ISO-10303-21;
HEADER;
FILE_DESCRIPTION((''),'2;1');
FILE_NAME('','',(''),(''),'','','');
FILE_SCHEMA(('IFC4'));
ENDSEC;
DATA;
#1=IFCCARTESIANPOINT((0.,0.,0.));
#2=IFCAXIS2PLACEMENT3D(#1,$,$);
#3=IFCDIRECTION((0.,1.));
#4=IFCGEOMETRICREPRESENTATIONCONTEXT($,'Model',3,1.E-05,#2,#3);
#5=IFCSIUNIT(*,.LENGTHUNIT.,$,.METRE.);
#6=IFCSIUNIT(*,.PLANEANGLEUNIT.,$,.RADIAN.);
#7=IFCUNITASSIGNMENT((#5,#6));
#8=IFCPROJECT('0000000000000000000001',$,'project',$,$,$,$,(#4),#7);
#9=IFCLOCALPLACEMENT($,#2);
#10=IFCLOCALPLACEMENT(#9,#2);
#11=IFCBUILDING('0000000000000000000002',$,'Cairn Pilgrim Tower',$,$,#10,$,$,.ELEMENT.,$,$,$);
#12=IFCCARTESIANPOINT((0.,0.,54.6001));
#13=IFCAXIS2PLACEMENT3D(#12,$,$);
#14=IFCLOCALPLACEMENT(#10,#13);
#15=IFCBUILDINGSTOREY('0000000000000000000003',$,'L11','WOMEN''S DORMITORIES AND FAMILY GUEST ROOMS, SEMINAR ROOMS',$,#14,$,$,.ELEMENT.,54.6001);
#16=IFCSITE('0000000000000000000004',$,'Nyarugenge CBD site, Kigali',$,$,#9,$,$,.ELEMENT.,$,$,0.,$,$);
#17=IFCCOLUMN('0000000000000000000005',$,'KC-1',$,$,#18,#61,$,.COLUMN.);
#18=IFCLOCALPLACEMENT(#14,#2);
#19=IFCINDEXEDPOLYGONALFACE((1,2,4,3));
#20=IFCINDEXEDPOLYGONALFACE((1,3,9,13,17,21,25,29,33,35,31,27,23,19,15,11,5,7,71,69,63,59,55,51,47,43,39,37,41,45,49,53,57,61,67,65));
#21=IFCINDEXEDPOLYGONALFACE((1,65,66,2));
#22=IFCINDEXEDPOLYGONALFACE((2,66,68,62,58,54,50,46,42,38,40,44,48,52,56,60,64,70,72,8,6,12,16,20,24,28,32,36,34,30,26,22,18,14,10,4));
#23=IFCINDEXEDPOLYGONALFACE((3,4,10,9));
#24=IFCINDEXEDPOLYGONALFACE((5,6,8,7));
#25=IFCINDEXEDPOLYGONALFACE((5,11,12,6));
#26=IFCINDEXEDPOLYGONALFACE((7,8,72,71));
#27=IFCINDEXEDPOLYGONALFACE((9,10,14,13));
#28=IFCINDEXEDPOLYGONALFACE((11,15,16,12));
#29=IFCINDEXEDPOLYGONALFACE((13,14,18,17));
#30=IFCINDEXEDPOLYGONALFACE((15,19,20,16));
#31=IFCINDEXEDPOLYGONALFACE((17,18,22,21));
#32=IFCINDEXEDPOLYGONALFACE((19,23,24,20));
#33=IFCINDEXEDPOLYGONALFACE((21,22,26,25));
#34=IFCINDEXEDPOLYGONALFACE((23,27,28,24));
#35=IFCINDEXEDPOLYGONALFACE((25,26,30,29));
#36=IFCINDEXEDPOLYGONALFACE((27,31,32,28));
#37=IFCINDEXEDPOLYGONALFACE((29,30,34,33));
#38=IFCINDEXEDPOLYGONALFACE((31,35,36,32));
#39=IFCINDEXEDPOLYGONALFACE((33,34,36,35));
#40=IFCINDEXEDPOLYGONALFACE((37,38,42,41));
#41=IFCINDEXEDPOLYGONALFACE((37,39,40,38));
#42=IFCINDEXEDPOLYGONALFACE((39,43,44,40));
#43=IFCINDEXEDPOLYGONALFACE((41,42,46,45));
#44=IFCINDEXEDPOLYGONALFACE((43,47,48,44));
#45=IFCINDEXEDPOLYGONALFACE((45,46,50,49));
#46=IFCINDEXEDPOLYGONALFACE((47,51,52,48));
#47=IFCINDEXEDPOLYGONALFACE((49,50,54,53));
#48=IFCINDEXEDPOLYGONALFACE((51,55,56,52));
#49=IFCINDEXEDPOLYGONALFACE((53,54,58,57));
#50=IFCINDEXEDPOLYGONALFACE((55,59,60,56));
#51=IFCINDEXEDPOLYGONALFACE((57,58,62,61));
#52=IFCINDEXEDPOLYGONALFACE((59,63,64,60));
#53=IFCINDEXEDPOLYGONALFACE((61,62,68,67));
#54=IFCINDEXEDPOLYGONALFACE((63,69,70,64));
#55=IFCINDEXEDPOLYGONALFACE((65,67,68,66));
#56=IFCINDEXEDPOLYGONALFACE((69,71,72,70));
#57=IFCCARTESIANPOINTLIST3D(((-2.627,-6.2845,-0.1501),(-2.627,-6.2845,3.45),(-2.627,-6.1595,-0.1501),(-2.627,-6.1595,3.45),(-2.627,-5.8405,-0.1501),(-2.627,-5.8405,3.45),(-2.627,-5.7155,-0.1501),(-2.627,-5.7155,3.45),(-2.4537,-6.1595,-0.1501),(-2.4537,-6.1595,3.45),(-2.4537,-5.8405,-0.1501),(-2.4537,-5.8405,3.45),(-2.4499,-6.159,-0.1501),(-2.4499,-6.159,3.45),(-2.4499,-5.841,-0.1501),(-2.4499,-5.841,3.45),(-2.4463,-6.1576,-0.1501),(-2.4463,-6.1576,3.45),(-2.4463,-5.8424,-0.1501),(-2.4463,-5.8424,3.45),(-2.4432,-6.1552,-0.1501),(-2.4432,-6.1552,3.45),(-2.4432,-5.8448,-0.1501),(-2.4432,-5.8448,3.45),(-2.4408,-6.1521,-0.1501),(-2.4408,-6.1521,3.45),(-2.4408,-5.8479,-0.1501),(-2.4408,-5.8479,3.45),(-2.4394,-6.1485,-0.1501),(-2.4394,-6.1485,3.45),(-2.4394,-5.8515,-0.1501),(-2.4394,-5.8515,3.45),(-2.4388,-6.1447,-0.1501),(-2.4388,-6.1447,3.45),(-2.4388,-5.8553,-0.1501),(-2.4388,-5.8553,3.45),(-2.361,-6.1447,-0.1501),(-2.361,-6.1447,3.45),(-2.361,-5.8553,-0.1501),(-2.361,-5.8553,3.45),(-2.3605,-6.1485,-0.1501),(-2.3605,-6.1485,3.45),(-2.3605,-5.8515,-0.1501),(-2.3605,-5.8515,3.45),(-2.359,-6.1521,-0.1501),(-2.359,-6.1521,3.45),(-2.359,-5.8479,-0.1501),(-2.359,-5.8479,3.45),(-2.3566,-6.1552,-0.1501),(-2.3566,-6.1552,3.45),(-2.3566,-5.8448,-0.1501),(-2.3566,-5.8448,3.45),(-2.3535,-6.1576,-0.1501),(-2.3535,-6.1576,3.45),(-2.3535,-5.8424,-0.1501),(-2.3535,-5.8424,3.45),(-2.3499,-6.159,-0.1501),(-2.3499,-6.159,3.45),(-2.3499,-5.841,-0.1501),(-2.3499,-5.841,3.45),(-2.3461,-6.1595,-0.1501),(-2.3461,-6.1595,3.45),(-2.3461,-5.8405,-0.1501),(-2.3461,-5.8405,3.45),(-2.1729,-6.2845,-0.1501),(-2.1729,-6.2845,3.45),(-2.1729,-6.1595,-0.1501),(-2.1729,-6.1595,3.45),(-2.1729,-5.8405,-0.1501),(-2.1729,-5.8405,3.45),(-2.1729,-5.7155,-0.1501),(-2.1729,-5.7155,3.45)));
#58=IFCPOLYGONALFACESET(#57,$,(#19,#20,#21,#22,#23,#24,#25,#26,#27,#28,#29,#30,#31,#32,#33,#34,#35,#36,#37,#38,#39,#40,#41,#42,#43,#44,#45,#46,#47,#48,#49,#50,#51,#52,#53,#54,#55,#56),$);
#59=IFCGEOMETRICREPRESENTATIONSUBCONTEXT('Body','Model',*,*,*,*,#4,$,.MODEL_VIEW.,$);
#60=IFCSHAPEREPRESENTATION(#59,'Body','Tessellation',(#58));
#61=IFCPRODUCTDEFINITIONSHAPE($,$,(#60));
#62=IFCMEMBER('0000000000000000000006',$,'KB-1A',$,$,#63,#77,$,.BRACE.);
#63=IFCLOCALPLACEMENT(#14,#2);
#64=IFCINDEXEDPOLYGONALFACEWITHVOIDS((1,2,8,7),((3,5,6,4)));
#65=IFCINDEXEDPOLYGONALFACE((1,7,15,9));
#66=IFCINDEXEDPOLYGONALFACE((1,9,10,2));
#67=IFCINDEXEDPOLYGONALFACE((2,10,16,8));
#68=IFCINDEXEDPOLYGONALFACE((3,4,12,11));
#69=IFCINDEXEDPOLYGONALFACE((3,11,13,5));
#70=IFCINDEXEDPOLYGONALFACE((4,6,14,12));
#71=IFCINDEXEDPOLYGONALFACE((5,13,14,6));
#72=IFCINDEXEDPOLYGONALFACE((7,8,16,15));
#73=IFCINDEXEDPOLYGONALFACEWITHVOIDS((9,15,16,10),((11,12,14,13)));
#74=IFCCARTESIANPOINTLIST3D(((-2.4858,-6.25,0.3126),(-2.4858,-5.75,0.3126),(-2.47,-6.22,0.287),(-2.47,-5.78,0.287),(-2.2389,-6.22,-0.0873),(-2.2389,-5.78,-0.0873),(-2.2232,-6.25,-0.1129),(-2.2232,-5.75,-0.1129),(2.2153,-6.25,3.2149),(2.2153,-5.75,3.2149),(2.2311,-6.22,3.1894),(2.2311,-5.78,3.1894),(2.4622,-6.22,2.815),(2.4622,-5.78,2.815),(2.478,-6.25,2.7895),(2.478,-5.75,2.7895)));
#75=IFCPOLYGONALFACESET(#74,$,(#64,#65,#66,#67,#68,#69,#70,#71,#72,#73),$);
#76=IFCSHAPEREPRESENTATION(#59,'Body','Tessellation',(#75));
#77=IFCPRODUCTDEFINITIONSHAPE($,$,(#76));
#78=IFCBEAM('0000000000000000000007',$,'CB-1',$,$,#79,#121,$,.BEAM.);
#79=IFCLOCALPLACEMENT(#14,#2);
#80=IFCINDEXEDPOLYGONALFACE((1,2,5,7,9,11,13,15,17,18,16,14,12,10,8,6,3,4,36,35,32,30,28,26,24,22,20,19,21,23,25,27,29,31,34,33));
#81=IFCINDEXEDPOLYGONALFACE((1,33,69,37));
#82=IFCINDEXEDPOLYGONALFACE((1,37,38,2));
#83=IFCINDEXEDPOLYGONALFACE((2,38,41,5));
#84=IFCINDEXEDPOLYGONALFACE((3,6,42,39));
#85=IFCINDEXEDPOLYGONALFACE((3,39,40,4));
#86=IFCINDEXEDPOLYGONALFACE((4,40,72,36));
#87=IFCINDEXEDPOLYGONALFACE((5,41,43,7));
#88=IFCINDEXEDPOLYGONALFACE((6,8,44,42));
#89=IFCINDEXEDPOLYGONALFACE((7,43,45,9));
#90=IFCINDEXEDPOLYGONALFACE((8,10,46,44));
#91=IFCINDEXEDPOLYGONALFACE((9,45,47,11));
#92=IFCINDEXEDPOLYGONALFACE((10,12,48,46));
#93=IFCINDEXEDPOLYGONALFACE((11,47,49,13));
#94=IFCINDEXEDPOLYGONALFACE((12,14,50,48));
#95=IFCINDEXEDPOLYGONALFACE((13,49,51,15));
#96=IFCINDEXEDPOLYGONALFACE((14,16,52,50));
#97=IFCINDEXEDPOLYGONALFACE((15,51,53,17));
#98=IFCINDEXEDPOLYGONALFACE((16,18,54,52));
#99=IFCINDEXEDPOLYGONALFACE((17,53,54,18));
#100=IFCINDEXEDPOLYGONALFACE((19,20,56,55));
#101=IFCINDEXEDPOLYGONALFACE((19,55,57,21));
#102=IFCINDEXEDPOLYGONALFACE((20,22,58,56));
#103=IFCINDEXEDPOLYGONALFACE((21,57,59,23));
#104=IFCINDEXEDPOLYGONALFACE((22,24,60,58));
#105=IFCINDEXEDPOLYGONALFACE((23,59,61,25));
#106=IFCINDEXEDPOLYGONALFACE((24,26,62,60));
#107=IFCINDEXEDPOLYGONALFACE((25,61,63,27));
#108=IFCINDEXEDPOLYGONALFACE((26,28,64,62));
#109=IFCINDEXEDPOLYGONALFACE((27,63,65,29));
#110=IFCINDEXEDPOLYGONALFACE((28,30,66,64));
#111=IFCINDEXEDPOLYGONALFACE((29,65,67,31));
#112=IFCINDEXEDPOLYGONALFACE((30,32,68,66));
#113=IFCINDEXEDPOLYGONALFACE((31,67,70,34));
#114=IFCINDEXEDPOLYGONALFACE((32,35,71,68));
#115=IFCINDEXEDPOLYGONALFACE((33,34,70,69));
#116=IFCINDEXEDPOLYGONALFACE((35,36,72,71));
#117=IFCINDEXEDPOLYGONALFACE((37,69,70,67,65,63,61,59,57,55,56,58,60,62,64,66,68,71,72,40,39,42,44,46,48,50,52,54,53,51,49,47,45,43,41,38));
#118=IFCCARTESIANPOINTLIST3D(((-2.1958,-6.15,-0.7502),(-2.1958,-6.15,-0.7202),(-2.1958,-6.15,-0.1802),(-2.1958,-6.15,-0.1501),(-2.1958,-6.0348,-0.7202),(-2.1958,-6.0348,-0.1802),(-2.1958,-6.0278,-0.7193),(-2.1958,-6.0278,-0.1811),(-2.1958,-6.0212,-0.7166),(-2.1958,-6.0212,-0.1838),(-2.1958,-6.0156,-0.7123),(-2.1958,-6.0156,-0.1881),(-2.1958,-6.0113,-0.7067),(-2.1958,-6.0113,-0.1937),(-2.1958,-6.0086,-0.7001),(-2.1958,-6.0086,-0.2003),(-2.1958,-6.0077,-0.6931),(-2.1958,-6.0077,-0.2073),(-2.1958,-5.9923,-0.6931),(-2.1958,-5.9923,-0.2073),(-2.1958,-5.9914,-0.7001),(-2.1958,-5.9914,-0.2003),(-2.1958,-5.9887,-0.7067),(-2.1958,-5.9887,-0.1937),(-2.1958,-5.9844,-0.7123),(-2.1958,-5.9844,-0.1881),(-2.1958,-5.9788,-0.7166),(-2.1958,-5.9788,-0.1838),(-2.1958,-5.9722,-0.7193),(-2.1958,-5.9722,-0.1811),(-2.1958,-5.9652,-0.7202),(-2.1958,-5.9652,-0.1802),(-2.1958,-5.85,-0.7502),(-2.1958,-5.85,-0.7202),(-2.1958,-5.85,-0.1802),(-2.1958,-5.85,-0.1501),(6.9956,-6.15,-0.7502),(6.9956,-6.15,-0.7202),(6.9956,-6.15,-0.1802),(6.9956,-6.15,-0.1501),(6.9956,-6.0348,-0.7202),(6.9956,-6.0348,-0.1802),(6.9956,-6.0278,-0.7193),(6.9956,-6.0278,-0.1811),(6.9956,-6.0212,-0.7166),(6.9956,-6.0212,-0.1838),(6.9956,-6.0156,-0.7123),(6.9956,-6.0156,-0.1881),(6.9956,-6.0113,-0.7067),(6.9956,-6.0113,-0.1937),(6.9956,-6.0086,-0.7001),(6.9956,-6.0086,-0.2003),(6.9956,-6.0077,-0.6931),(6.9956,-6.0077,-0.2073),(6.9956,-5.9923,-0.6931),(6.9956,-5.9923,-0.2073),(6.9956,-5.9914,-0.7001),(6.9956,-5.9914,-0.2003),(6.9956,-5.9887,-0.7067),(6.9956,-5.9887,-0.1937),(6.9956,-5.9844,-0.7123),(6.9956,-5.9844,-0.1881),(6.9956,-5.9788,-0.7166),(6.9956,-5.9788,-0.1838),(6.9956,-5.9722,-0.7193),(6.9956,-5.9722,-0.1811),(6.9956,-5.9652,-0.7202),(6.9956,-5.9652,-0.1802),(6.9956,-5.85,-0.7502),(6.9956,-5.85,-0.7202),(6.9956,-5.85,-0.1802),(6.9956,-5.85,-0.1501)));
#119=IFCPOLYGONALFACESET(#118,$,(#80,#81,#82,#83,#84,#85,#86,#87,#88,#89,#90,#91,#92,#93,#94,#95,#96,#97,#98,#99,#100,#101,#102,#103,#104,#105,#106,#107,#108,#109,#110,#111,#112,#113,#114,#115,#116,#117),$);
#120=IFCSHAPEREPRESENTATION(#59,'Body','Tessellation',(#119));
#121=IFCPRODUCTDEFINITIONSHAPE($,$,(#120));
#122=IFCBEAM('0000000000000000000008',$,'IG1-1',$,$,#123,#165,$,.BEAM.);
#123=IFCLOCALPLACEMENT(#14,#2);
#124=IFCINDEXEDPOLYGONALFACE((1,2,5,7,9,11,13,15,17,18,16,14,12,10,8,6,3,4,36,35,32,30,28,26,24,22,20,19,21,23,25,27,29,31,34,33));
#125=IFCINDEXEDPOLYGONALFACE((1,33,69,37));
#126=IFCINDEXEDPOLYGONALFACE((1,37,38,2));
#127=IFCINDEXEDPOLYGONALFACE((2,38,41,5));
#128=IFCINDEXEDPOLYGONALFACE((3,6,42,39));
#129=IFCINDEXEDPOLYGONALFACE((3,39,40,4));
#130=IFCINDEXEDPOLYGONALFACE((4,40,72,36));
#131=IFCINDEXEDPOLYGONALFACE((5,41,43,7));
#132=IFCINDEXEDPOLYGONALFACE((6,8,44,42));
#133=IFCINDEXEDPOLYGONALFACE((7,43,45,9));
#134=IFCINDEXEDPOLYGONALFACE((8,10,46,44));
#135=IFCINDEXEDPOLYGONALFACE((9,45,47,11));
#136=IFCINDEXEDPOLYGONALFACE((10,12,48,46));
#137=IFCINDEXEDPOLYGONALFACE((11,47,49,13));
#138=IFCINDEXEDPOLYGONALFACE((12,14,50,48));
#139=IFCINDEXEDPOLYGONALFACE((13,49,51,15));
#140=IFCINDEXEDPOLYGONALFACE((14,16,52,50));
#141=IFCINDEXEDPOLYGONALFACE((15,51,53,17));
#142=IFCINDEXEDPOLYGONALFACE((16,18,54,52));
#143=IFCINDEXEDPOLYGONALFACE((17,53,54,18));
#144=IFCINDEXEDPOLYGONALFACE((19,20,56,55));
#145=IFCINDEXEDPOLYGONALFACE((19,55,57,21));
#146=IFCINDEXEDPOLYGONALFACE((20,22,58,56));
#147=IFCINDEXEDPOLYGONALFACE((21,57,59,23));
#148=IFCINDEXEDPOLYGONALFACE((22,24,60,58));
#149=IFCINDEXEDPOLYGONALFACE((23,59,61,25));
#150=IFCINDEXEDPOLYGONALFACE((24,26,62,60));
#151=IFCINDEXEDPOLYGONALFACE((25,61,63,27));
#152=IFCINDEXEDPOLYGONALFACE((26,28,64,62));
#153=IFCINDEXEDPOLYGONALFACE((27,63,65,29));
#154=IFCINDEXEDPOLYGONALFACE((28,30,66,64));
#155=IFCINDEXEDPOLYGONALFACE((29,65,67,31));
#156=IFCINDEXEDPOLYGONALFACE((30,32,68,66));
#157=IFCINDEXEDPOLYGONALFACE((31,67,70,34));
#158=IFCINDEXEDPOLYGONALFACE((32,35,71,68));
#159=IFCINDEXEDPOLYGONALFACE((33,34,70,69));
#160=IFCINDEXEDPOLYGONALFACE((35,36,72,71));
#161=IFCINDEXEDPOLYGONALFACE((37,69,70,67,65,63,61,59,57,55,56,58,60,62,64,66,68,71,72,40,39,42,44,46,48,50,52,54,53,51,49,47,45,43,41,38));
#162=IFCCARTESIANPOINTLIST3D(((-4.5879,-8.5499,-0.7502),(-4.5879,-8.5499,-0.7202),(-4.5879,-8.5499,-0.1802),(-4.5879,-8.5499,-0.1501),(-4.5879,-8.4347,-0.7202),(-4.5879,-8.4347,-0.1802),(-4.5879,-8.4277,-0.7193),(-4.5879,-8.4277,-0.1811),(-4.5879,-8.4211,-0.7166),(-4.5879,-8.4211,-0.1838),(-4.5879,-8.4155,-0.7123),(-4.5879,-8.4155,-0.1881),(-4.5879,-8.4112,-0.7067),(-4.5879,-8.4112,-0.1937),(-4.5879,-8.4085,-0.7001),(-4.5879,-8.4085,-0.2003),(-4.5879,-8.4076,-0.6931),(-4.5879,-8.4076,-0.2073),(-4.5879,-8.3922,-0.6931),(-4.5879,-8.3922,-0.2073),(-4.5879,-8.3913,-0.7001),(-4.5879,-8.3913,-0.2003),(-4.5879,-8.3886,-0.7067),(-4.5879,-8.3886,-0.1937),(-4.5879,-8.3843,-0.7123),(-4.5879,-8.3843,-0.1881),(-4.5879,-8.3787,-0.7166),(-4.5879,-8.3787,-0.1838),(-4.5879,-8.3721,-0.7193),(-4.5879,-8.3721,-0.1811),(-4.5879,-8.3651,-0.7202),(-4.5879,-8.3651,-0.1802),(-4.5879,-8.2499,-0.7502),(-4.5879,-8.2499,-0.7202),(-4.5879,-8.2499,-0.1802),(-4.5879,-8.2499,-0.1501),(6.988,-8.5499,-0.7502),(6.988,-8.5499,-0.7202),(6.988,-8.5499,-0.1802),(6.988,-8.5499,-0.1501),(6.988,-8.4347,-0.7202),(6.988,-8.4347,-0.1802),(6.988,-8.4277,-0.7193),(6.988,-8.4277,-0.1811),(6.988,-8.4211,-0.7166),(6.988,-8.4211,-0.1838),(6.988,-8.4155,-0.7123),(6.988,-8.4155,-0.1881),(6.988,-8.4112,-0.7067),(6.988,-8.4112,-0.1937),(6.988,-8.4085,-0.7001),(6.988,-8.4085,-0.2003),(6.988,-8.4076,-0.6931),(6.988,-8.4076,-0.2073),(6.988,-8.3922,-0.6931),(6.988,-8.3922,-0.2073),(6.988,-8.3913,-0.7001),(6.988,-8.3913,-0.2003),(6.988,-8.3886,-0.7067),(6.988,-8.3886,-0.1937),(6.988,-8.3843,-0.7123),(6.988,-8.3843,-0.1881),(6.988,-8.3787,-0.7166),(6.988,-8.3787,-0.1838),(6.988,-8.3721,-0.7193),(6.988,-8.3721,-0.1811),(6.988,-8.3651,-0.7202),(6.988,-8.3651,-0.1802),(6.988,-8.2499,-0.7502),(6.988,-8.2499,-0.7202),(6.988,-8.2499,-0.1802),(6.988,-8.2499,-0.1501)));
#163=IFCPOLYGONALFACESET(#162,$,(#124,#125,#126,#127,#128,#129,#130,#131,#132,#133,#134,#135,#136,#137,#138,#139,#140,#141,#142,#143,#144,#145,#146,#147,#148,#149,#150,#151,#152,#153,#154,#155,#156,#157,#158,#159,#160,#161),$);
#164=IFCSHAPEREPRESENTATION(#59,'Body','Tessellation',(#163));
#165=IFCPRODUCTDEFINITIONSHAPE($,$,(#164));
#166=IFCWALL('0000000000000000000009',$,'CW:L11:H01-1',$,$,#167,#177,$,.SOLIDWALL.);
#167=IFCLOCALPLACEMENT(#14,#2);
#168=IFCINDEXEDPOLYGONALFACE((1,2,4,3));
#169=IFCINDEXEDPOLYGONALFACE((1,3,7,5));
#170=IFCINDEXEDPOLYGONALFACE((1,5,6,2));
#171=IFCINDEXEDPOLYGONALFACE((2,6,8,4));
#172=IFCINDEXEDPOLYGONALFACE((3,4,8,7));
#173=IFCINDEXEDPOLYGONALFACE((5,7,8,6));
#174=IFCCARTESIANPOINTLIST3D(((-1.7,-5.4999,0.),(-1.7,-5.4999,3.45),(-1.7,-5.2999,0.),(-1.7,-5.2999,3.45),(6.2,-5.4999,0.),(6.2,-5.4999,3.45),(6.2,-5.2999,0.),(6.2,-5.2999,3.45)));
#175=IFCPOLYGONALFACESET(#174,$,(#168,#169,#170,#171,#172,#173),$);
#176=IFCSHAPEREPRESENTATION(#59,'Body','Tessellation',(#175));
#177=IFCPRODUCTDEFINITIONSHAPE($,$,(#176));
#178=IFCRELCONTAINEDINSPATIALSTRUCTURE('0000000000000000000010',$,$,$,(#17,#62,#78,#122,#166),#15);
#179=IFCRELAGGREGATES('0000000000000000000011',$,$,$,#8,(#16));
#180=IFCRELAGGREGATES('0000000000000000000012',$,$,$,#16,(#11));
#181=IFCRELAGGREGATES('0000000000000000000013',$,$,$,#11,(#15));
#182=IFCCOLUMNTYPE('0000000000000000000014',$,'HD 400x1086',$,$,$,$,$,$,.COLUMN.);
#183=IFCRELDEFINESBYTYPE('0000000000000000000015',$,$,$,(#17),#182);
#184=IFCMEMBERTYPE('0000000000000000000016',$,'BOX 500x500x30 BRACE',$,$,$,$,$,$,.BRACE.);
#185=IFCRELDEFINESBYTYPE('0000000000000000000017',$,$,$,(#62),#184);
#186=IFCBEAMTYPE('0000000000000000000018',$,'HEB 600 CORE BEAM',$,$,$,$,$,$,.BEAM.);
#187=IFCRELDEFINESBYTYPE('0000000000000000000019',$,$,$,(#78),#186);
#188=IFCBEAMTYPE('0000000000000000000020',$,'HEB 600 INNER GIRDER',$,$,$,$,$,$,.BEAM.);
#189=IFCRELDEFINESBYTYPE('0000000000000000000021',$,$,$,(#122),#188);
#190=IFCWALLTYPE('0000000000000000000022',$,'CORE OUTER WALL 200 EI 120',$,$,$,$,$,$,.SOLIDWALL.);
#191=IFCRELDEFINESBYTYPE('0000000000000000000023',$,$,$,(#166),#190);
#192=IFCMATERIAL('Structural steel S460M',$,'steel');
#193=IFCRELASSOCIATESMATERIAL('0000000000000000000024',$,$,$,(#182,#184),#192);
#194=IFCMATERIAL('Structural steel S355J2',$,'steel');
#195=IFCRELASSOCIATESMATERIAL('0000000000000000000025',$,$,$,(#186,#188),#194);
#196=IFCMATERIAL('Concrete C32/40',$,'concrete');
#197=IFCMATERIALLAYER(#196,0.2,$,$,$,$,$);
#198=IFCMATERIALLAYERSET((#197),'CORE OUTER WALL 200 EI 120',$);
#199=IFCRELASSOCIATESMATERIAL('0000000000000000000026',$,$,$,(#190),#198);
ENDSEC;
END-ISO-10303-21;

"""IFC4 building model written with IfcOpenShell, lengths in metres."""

from ifc_helpers import new_model, si_unit, direction, frame, frame_2d, origin, origin_2d, place, context, subcontext, project, spatial, rectangle, hollow_rectangle, i_section, extrude, material, layer, layer_set, material_profile, profile_set, type_object, element, save


model = new_model("IFC4")

# Units and contexts
model_context = context("Model", 3, precision=1e-05, world=origin(), true_north=direction((0.0, 1.0)))
body_context = subcontext(model_context, "Body", "Model", "MODEL_VIEW")
ifc_project = project(units=[si_unit("LENGTHUNIT", "METRE"), si_unit("PLANEANGLEUNIT", "RADIAN")], contexts=[model_context])

# Site, building, storey
site_placement = place(None, origin())
site = spatial("IfcSite", under=ifc_project, at=site_placement, Name="Nyarugenge CBD site, Kigali", CompositionType="ELEMENT", RefElevation=0.0)
building_placement = place(site_placement, origin())
building = spatial("IfcBuilding", under=site, at=building_placement, Name="Cairn Pilgrim Tower", CompositionType="ELEMENT")
storey_placement = place(building_placement, frame((0.0, 0.0, 54.6001)))
storey = spatial("IfcBuildingStorey", under=building, at=storey_placement, Name="L11", Description="WOMEN'S DORMITORIES AND FAMILY GUEST ROOMS, SEMINAR ROOMS", CompositionType="ELEMENT", Elevation=54.6001)

# Column
ifc_material_1 = material(Name="Structural steel S460M", Category="steel")
ifc_material_profile_1 = material_profile(ifc_material_1, i_section(OverallWidth=0.4541, OverallDepth=0.5691, WebThickness=0.0779, FlangeThickness=0.125, FilletRadius=0.0149, at=origin_2d()), Name="HD 400x1086")
ifc_profile_set_1 = profile_set([ifc_material_profile_1], Name="Structural steel S460M")
column_type = type_object("IfcColumnType", Name="HD 400x1086", PredefinedType="COLUMN", material=ifc_profile_set_1)
column_placement = place(storey_placement, frame((-2.3999, -6.0, -0.1501), z_axis=(0.0, 0.0, 1.0), x_axis=(1.0, 0.0, 0.0)))
element("IfcColumn", 1, at=column_placement, inside=storey, type_object=column_type, Name="KC-1", PredefinedType="COLUMN", context=body_context, shape_type="SweptSolid", body=[
    extrude(i_section(OverallWidth=0.4541, OverallDepth=0.5691, WebThickness=0.0779, FlangeThickness=0.125, FilletRadius=0.0149, at=origin_2d()), origin(), (0.0, 0.0, 1.0), 3.6001),
])

# Member
ifc_material_profile_2 = material_profile(ifc_material_1, hollow_rectangle(XDim=0.5, YDim=0.5, WallThickness=0.03, at=origin_2d()), Name="BOX 500x500x30")
ifc_profile_set_2 = profile_set([ifc_material_profile_2], Name="Structural steel S460M")
member_type = type_object("IfcMemberType", Name="BOX 500x500x30 BRACE", PredefinedType="BRACE", material=ifc_profile_set_2)
member_placement = place(storey_placement, frame((-2.3545, -6.0, 0.0999), z_axis=(0.850905, 0.0, 0.52532), x_axis=(0.0, 1.0, 0.0)))
element("IfcMember", 2, at=member_placement, inside=storey, type_object=member_type, Name="KB-1A", PredefinedType="BRACE", context=body_context, shape_type="SweptSolid", body=[
    extrude(hollow_rectangle(XDim=0.5, YDim=0.5, WallThickness=0.03, at=origin_2d()), origin(), (0.0, 0.0, 1.0), 5.5249),
])

# Beams
ifc_material_2 = material(Name="Structural steel S355J2", Category="steel")
ifc_material_profile_3 = material_profile(ifc_material_2, i_section(OverallWidth=0.3, OverallDepth=0.6001, WebThickness=0.0154, FlangeThickness=0.03, FilletRadius=0.0271, at=origin_2d()), Name="HEB 600")
ifc_profile_set_3 = profile_set([ifc_material_profile_3], Name="Structural steel S355J2")
beam_type_1 = type_object("IfcBeamType", Name="HEB 600 CORE BEAM", PredefinedType="BEAM", material=ifc_profile_set_3)
beam_1_placement = place(storey_placement, frame((-2.1958, -6.0, -0.4502), z_axis=(1.0, 0.0, 0.0), x_axis=(0.0, 1.0, 0.0)))
element("IfcBeam", 3, at=beam_1_placement, inside=storey, type_object=beam_type_1, Name="CB-1", PredefinedType="BEAM", context=body_context, shape_type="SweptSolid", body=[
    extrude(i_section(OverallWidth=0.3, OverallDepth=0.6001, WebThickness=0.0154, FlangeThickness=0.03, FilletRadius=0.0271, at=origin_2d()), origin(), (0.0, 0.0, 1.0), 9.1914),
])
ifc_material_profile_4 = material_profile(ifc_material_2, i_section(OverallWidth=0.3, OverallDepth=0.6001, WebThickness=0.0154, FlangeThickness=0.03, FilletRadius=0.0271, at=origin_2d()), Name="HEB 600")
ifc_profile_set_4 = profile_set([ifc_material_profile_4], Name="Structural steel S355J2")
beam_type_2 = type_object("IfcBeamType", Name="HEB 600 INNER GIRDER", PredefinedType="BEAM", material=ifc_profile_set_4)
beam_2_placement = place(storey_placement, frame((-4.5879, -8.3999, -0.4502), z_axis=(1.0, 0.0, 0.0), x_axis=(0.0, 1.0, 0.0)))
element("IfcBeam", 4, at=beam_2_placement, inside=storey, type_object=beam_type_2, Name="IG1-1", PredefinedType="BEAM", context=body_context, shape_type="SweptSolid", body=[
    extrude(i_section(OverallWidth=0.3, OverallDepth=0.6001, WebThickness=0.0154, FlangeThickness=0.03, FilletRadius=0.0271, at=origin_2d()), origin(), (0.0, 0.0, 1.0), 11.5759),
])

# Wall
ifc_material_3 = material(Name="Concrete C32/40", Category="concrete")
ifc_layer_1 = layer(ifc_material_3, 0.2)
ifc_layer_set_1 = layer_set([ifc_layer_1], Name="CORE OUTER WALL 200 EI 120")
wall_type_1 = type_object("IfcWallType", Name="CORE OUTER WALL 200 EI 120", PredefinedType="SOLIDWALL", material=ifc_layer_set_1)
wall_1_placement = place(storey_placement, frame((-1.7, -5.3999, 0.0), z_axis=(0.0, 0.0, 1.0), x_axis=(1.0, 0.0, 0.0)))
element("IfcWall", 5, at=wall_1_placement, inside=storey, type_object=wall_type_1, Name="CW:L11:H01-1", PredefinedType="SOLIDWALL", context=body_context, shape_type="SweptSolid", body=[
    extrude(rectangle(XDim=7.8999, YDim=0.2, at=frame_2d((3.95, 0.0))), origin(), (0.0, 0.0, 1.0), 3.45),
])

save(model, "model.ifc")
